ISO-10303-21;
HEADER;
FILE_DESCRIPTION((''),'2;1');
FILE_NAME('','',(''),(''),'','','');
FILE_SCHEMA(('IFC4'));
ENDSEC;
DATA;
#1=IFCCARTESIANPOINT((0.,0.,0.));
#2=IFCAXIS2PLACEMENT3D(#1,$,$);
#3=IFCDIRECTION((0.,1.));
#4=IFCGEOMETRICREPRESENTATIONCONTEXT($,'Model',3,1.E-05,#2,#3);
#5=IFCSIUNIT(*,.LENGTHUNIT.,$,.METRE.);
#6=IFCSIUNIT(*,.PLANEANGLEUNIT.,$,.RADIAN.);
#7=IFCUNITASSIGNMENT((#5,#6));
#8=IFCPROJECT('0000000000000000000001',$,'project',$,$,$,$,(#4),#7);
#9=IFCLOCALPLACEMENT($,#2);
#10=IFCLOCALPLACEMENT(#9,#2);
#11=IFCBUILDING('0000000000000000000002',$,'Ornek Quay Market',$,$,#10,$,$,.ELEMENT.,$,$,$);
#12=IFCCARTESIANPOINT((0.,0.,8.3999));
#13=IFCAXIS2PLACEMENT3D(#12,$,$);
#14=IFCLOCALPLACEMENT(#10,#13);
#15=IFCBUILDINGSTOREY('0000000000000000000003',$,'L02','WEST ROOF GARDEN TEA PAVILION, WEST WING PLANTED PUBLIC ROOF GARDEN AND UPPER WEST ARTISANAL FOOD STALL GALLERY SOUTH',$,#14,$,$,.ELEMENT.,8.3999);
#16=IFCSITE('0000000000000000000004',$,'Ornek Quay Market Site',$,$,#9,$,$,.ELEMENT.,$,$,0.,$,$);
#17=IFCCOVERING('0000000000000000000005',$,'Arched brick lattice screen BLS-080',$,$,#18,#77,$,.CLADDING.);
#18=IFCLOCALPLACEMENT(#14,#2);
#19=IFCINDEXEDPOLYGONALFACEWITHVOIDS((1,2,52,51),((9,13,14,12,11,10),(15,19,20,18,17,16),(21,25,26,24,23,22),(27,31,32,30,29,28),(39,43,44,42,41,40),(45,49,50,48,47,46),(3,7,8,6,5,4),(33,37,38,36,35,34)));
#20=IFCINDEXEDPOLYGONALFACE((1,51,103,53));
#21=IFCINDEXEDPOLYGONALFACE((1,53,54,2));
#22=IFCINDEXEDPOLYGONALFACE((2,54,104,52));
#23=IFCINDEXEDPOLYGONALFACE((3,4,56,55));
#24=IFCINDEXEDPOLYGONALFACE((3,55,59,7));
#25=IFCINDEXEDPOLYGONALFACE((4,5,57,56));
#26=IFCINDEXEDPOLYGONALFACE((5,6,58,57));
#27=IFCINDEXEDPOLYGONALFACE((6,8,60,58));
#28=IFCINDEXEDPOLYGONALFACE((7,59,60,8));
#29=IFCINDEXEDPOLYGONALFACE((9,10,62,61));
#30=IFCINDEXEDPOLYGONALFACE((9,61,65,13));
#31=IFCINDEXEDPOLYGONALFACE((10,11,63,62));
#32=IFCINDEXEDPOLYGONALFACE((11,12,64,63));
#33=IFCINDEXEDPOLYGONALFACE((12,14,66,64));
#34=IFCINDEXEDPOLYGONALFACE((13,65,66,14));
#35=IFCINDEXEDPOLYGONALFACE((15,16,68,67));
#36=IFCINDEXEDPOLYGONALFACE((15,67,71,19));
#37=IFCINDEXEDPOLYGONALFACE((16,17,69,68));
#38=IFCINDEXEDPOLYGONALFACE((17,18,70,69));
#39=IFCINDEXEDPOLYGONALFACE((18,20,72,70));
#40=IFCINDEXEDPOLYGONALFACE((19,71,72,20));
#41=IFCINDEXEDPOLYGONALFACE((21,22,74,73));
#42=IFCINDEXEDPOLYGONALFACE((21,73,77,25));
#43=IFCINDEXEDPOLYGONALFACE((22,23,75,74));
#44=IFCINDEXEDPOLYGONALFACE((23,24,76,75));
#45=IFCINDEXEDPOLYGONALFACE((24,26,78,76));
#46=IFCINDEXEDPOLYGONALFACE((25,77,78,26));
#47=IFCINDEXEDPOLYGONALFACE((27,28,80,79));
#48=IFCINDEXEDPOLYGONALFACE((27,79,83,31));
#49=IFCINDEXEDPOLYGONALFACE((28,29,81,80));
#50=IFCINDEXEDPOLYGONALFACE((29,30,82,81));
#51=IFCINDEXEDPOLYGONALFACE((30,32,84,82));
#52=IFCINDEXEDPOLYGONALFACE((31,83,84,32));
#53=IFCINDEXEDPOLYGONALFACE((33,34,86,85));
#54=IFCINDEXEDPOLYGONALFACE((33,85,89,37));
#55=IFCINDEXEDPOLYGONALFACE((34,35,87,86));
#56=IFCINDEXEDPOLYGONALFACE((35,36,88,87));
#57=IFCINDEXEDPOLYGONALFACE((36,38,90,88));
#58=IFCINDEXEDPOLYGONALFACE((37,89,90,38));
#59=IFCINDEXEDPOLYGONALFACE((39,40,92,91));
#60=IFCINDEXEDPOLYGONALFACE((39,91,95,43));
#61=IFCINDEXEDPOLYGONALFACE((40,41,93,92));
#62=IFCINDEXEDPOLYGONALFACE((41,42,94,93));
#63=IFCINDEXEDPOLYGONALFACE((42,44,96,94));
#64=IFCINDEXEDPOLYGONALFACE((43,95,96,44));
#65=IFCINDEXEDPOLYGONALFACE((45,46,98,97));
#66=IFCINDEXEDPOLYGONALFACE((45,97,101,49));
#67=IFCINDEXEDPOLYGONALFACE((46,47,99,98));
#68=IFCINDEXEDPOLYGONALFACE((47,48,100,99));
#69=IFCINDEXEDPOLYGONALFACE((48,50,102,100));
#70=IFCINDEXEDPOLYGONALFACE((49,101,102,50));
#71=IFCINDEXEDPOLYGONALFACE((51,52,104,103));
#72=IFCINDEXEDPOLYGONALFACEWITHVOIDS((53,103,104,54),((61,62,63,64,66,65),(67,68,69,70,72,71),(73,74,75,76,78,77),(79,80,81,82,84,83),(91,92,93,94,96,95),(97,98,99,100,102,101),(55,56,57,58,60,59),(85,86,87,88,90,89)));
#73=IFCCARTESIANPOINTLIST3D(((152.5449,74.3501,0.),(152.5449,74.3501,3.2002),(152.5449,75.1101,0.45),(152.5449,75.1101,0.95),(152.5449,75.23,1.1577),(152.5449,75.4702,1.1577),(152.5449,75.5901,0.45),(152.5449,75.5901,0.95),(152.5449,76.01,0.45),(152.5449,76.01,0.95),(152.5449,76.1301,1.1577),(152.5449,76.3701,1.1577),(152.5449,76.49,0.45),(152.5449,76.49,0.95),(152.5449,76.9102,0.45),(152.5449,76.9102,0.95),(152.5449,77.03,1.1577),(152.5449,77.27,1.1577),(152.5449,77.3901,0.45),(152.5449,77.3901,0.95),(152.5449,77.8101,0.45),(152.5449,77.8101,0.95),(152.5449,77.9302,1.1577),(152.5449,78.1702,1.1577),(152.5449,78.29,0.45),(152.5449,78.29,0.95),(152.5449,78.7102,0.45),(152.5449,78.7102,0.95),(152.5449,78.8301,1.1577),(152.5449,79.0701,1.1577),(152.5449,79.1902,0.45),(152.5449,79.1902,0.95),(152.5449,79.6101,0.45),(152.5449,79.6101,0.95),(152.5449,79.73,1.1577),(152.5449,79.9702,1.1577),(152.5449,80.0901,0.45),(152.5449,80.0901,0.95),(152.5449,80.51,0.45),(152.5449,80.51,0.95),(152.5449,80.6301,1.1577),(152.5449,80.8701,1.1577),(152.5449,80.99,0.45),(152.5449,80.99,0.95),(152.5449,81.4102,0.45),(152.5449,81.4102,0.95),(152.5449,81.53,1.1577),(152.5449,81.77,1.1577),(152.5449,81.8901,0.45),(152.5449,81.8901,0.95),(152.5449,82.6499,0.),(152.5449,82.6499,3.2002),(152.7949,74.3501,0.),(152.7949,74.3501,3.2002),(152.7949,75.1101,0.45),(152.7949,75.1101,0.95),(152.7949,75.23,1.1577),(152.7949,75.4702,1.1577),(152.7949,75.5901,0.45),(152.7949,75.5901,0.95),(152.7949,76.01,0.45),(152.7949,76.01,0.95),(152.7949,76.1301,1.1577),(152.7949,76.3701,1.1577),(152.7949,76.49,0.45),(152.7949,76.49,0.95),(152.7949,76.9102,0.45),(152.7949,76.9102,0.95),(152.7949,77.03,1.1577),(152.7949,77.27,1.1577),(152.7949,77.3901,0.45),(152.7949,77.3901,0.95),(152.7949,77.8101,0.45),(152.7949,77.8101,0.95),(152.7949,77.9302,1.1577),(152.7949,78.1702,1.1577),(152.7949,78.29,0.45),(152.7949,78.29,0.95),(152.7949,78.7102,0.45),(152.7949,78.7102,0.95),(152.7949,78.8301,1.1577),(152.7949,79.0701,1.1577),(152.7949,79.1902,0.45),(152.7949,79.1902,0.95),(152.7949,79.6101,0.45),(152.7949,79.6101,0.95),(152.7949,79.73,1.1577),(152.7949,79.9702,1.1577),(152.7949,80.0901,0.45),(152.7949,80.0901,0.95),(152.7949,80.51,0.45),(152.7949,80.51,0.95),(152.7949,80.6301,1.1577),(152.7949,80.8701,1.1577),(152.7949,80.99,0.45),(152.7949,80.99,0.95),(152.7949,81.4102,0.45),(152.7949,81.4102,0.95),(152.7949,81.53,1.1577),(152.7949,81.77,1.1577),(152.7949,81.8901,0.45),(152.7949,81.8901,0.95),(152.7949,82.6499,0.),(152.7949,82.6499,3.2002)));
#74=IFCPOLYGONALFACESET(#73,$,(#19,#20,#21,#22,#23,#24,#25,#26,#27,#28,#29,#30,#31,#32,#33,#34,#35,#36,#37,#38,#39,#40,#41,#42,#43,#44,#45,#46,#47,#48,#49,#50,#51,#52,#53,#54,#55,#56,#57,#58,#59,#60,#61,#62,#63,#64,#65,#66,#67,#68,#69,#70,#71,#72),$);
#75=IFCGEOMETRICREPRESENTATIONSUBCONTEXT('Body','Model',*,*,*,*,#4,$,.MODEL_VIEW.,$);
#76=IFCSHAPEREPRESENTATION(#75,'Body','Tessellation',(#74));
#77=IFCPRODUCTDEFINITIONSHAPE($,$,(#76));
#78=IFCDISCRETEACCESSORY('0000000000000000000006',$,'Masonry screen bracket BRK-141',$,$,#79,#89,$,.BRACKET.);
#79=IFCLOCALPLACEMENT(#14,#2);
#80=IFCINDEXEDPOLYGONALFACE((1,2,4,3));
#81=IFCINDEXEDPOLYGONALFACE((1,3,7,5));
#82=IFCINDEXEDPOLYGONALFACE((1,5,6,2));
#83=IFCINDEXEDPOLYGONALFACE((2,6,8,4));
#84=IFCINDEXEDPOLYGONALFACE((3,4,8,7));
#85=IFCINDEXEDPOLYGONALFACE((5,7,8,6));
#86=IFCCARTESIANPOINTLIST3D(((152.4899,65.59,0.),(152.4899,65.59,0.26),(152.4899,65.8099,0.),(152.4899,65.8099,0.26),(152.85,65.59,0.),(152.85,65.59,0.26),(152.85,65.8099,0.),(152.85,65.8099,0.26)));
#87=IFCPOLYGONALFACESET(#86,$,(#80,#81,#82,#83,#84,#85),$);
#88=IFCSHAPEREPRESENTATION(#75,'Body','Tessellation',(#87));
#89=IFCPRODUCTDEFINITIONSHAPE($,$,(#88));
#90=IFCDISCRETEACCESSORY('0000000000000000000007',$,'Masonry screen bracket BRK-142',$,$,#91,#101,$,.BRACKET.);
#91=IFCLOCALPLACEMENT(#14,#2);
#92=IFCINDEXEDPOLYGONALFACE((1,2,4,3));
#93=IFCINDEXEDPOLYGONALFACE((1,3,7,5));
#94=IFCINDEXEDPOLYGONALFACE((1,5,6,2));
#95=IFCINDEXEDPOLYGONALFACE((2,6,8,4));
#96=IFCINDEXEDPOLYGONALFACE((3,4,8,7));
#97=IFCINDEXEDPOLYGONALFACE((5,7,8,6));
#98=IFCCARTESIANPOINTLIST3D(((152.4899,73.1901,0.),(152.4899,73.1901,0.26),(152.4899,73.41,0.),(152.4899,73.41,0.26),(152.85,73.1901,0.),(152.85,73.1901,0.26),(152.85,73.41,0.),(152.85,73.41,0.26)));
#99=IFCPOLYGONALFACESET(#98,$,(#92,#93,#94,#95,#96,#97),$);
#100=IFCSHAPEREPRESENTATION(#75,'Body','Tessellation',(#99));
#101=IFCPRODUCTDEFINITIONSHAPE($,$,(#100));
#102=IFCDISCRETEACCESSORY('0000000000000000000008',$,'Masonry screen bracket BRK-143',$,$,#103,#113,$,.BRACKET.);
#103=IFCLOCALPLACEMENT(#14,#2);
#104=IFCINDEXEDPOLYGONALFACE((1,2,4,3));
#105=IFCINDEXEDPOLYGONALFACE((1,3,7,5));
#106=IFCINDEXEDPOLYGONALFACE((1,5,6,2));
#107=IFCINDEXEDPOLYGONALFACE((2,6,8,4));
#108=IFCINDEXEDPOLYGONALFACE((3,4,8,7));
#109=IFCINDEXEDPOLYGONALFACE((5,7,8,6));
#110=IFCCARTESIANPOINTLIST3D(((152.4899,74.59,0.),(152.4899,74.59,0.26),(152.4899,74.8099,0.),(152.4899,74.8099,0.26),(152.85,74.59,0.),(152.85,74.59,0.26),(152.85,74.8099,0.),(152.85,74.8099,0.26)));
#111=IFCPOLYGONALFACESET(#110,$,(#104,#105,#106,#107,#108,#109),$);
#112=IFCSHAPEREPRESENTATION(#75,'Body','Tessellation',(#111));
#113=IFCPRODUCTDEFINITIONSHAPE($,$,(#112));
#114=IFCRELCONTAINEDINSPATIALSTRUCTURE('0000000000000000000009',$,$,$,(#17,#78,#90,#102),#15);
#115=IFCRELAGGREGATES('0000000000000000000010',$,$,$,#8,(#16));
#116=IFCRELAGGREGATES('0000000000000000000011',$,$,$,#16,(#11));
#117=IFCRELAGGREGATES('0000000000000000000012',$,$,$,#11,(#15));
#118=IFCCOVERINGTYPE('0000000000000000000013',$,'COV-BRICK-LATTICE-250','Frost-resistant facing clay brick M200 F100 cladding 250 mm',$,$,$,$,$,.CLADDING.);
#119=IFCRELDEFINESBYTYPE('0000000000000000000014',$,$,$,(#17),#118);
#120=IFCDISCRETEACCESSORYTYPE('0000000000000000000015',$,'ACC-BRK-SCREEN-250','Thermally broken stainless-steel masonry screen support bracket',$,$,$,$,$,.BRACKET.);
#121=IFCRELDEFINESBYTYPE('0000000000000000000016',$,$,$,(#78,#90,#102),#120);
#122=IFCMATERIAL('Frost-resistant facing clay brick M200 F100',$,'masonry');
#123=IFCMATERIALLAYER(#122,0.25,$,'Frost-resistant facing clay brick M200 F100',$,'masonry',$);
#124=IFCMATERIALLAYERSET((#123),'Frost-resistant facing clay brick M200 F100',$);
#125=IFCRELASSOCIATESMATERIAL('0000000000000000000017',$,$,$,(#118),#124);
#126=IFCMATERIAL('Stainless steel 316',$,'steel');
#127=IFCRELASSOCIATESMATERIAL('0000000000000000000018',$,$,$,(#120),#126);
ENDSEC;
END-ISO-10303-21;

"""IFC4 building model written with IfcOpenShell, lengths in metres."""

from ifc_helpers import new_model, si_unit, direction, frame, origin, origin_2d, place, context, subcontext, project, spatial, polyline, rectangle, outline, extrude, material, layer, layer_set, type_object, element, save


model = new_model("IFC4")

# Units and contexts
model_context = context("Model", 3, precision=1e-05, world=origin(), true_north=direction((0.0, 1.0)))
body_context = subcontext(model_context, "Body", "Model", "MODEL_VIEW")
ifc_project = project(units=[si_unit("LENGTHUNIT", "METRE"), si_unit("PLANEANGLEUNIT", "RADIAN")], contexts=[model_context])

# Site, building, storey
site_placement = place(None, origin())
site = spatial("IfcSite", under=ifc_project, at=site_placement, Name="Ornek Quay Market Site", CompositionType="ELEMENT", RefElevation=0.0)
building_placement = place(site_placement, origin())
building = spatial("IfcBuilding", under=site, at=building_placement, Name="Ornek Quay Market", CompositionType="ELEMENT")
storey_placement = place(building_placement, frame((0.0, 0.0, 8.3999)))
storey = spatial("IfcBuildingStorey", under=building, at=storey_placement, Name="L02", Description="WEST ROOF GARDEN TEA PAVILION, WEST WING PLANTED PUBLIC ROOF GARDEN AND UPPER WEST ARTISANAL FOOD STALL GALLERY SOUTH", CompositionType="ELEMENT", Elevation=8.3999)

# Shared definitions
ifc_material_1 = material(Name="Frost-resistant facing clay brick M200 F100", Category="masonry")

# Covering
ifc_layer_1 = layer(ifc_material_1, 0.25, Name="Frost-resistant facing clay brick M200 F100", Category="masonry")
ifc_layer_set_1 = layer_set([ifc_layer_1], Name="Frost-resistant facing clay brick M200 F100")
covering_type = type_object("IfcCoveringType", Name="COV-BRICK-LATTICE-250", Description="Frost-resistant facing clay brick M200 F100 cladding 250 mm", PredefinedType="CLADDING", material=ifc_layer_set_1)
covering_1_placement = place(storey_placement, frame((152.6699, 74.3501, 0.0), z_axis=(0.0, 0.0, 1.0), x_axis=(0.0, 1.0, 0.0)))
element("IfcCovering", 1, at=covering_1_placement, inside=storey, type_object=covering_type, Name="Arched brick lattice screen BLS-080", PredefinedType="CLADDING", context=body_context, shape_type="SweptSolid", body=[
    extrude(outline(polyline([(0.0, 0.0), (8.2998, 0.0), (8.2998, 3.2002), (0.0, 3.2002), (0.0, 0.0)]), holes=[polyline([(0.76, 0.45), (1.24, 0.45), (1.24, 0.95), (1.1201, 1.1577), (0.8799, 1.1577), (0.76, 0.95), (0.76, 0.45)]), polyline([(1.6599, 0.45), (2.1399, 0.45), (2.1399, 0.95), (2.02, 1.1577), (1.78, 1.1577), (1.6599, 0.95), (1.6599, 0.45)]), polyline([(2.5601, 0.45), (3.04, 0.45), (3.04, 0.95), (2.9199, 1.1577), (2.6799, 1.1577), (2.5601, 0.95), (2.5601, 0.45)]), polyline([(3.46, 0.45), (3.9399, 0.45), (3.9399, 0.95), (3.8201, 1.1577), (3.5801, 1.1577), (3.46, 0.95), (3.46, 0.45)]), polyline([(4.3601, 0.45), (4.8401, 0.45), (4.8401, 0.95), (4.72, 1.1577), (4.48, 1.1577), (4.3601, 0.95), (4.3601, 0.45)]), polyline([(5.26, 0.45), (5.74, 0.45), (5.74, 0.95), (5.6201, 1.1577), (5.3799, 1.1577), (5.26, 0.95), (5.26, 0.45)]), polyline([(6.1599, 0.45), (6.6399, 0.45), (6.6399, 0.95), (6.52, 1.1577), (6.28, 1.1577), (6.1599, 0.95), (6.1599, 0.45)]), polyline([(7.0601, 0.45), (7.54, 0.45), (7.54, 0.95), (7.4199, 1.1577), (7.1799, 1.1577), (7.0601, 0.95), (7.0601, 0.45)])]), frame((0.0, 0.125, 0.0), z_axis=(0.0, -1.0, 0.0), x_axis=(1.0, 0.0, 0.0)), (0.0, 0.0, 1.0), 0.25),
])

# Discrete accessories
ifc_material_2 = material(Name="Stainless steel 316", Category="steel")
discrete_accessory_type = type_object("IfcDiscreteAccessoryType", Name="ACC-BRK-SCREEN-250", Description="Thermally broken stainless-steel masonry screen support bracket", PredefinedType="BRACKET", material=ifc_material_2)
for number, where, z_axis, x_axis, name in (
    (2, (152.6699, 65.7, 0.0), (0.0, 0.0, 1.0), (0.0, 1.0, 0.0), "Masonry screen bracket BRK-141"),
    (3, (152.6699, 73.3, 0.0), (0.0, 0.0, 1.0), (0.0, 1.0, 0.0), "Masonry screen bracket BRK-142"),
    (4, (152.6699, 74.7, 0.0), (0.0, 0.0, 1.0), (0.0, 1.0, 0.0), "Masonry screen bracket BRK-143"),
):
    element("IfcDiscreteAccessory", number, at=place(storey_placement, frame(where, z_axis=z_axis, x_axis=x_axis)), inside=storey, type_object=discrete_accessory_type, Name=name, PredefinedType="BRACKET", context=body_context, shape_type="SweptSolid", body=[
        extrude(rectangle(XDim=0.22, YDim=0.3601, at=origin_2d()), origin(), (0.0, 0.0, 1.0), 0.26),
    ])

save(model, "model.ifc")
